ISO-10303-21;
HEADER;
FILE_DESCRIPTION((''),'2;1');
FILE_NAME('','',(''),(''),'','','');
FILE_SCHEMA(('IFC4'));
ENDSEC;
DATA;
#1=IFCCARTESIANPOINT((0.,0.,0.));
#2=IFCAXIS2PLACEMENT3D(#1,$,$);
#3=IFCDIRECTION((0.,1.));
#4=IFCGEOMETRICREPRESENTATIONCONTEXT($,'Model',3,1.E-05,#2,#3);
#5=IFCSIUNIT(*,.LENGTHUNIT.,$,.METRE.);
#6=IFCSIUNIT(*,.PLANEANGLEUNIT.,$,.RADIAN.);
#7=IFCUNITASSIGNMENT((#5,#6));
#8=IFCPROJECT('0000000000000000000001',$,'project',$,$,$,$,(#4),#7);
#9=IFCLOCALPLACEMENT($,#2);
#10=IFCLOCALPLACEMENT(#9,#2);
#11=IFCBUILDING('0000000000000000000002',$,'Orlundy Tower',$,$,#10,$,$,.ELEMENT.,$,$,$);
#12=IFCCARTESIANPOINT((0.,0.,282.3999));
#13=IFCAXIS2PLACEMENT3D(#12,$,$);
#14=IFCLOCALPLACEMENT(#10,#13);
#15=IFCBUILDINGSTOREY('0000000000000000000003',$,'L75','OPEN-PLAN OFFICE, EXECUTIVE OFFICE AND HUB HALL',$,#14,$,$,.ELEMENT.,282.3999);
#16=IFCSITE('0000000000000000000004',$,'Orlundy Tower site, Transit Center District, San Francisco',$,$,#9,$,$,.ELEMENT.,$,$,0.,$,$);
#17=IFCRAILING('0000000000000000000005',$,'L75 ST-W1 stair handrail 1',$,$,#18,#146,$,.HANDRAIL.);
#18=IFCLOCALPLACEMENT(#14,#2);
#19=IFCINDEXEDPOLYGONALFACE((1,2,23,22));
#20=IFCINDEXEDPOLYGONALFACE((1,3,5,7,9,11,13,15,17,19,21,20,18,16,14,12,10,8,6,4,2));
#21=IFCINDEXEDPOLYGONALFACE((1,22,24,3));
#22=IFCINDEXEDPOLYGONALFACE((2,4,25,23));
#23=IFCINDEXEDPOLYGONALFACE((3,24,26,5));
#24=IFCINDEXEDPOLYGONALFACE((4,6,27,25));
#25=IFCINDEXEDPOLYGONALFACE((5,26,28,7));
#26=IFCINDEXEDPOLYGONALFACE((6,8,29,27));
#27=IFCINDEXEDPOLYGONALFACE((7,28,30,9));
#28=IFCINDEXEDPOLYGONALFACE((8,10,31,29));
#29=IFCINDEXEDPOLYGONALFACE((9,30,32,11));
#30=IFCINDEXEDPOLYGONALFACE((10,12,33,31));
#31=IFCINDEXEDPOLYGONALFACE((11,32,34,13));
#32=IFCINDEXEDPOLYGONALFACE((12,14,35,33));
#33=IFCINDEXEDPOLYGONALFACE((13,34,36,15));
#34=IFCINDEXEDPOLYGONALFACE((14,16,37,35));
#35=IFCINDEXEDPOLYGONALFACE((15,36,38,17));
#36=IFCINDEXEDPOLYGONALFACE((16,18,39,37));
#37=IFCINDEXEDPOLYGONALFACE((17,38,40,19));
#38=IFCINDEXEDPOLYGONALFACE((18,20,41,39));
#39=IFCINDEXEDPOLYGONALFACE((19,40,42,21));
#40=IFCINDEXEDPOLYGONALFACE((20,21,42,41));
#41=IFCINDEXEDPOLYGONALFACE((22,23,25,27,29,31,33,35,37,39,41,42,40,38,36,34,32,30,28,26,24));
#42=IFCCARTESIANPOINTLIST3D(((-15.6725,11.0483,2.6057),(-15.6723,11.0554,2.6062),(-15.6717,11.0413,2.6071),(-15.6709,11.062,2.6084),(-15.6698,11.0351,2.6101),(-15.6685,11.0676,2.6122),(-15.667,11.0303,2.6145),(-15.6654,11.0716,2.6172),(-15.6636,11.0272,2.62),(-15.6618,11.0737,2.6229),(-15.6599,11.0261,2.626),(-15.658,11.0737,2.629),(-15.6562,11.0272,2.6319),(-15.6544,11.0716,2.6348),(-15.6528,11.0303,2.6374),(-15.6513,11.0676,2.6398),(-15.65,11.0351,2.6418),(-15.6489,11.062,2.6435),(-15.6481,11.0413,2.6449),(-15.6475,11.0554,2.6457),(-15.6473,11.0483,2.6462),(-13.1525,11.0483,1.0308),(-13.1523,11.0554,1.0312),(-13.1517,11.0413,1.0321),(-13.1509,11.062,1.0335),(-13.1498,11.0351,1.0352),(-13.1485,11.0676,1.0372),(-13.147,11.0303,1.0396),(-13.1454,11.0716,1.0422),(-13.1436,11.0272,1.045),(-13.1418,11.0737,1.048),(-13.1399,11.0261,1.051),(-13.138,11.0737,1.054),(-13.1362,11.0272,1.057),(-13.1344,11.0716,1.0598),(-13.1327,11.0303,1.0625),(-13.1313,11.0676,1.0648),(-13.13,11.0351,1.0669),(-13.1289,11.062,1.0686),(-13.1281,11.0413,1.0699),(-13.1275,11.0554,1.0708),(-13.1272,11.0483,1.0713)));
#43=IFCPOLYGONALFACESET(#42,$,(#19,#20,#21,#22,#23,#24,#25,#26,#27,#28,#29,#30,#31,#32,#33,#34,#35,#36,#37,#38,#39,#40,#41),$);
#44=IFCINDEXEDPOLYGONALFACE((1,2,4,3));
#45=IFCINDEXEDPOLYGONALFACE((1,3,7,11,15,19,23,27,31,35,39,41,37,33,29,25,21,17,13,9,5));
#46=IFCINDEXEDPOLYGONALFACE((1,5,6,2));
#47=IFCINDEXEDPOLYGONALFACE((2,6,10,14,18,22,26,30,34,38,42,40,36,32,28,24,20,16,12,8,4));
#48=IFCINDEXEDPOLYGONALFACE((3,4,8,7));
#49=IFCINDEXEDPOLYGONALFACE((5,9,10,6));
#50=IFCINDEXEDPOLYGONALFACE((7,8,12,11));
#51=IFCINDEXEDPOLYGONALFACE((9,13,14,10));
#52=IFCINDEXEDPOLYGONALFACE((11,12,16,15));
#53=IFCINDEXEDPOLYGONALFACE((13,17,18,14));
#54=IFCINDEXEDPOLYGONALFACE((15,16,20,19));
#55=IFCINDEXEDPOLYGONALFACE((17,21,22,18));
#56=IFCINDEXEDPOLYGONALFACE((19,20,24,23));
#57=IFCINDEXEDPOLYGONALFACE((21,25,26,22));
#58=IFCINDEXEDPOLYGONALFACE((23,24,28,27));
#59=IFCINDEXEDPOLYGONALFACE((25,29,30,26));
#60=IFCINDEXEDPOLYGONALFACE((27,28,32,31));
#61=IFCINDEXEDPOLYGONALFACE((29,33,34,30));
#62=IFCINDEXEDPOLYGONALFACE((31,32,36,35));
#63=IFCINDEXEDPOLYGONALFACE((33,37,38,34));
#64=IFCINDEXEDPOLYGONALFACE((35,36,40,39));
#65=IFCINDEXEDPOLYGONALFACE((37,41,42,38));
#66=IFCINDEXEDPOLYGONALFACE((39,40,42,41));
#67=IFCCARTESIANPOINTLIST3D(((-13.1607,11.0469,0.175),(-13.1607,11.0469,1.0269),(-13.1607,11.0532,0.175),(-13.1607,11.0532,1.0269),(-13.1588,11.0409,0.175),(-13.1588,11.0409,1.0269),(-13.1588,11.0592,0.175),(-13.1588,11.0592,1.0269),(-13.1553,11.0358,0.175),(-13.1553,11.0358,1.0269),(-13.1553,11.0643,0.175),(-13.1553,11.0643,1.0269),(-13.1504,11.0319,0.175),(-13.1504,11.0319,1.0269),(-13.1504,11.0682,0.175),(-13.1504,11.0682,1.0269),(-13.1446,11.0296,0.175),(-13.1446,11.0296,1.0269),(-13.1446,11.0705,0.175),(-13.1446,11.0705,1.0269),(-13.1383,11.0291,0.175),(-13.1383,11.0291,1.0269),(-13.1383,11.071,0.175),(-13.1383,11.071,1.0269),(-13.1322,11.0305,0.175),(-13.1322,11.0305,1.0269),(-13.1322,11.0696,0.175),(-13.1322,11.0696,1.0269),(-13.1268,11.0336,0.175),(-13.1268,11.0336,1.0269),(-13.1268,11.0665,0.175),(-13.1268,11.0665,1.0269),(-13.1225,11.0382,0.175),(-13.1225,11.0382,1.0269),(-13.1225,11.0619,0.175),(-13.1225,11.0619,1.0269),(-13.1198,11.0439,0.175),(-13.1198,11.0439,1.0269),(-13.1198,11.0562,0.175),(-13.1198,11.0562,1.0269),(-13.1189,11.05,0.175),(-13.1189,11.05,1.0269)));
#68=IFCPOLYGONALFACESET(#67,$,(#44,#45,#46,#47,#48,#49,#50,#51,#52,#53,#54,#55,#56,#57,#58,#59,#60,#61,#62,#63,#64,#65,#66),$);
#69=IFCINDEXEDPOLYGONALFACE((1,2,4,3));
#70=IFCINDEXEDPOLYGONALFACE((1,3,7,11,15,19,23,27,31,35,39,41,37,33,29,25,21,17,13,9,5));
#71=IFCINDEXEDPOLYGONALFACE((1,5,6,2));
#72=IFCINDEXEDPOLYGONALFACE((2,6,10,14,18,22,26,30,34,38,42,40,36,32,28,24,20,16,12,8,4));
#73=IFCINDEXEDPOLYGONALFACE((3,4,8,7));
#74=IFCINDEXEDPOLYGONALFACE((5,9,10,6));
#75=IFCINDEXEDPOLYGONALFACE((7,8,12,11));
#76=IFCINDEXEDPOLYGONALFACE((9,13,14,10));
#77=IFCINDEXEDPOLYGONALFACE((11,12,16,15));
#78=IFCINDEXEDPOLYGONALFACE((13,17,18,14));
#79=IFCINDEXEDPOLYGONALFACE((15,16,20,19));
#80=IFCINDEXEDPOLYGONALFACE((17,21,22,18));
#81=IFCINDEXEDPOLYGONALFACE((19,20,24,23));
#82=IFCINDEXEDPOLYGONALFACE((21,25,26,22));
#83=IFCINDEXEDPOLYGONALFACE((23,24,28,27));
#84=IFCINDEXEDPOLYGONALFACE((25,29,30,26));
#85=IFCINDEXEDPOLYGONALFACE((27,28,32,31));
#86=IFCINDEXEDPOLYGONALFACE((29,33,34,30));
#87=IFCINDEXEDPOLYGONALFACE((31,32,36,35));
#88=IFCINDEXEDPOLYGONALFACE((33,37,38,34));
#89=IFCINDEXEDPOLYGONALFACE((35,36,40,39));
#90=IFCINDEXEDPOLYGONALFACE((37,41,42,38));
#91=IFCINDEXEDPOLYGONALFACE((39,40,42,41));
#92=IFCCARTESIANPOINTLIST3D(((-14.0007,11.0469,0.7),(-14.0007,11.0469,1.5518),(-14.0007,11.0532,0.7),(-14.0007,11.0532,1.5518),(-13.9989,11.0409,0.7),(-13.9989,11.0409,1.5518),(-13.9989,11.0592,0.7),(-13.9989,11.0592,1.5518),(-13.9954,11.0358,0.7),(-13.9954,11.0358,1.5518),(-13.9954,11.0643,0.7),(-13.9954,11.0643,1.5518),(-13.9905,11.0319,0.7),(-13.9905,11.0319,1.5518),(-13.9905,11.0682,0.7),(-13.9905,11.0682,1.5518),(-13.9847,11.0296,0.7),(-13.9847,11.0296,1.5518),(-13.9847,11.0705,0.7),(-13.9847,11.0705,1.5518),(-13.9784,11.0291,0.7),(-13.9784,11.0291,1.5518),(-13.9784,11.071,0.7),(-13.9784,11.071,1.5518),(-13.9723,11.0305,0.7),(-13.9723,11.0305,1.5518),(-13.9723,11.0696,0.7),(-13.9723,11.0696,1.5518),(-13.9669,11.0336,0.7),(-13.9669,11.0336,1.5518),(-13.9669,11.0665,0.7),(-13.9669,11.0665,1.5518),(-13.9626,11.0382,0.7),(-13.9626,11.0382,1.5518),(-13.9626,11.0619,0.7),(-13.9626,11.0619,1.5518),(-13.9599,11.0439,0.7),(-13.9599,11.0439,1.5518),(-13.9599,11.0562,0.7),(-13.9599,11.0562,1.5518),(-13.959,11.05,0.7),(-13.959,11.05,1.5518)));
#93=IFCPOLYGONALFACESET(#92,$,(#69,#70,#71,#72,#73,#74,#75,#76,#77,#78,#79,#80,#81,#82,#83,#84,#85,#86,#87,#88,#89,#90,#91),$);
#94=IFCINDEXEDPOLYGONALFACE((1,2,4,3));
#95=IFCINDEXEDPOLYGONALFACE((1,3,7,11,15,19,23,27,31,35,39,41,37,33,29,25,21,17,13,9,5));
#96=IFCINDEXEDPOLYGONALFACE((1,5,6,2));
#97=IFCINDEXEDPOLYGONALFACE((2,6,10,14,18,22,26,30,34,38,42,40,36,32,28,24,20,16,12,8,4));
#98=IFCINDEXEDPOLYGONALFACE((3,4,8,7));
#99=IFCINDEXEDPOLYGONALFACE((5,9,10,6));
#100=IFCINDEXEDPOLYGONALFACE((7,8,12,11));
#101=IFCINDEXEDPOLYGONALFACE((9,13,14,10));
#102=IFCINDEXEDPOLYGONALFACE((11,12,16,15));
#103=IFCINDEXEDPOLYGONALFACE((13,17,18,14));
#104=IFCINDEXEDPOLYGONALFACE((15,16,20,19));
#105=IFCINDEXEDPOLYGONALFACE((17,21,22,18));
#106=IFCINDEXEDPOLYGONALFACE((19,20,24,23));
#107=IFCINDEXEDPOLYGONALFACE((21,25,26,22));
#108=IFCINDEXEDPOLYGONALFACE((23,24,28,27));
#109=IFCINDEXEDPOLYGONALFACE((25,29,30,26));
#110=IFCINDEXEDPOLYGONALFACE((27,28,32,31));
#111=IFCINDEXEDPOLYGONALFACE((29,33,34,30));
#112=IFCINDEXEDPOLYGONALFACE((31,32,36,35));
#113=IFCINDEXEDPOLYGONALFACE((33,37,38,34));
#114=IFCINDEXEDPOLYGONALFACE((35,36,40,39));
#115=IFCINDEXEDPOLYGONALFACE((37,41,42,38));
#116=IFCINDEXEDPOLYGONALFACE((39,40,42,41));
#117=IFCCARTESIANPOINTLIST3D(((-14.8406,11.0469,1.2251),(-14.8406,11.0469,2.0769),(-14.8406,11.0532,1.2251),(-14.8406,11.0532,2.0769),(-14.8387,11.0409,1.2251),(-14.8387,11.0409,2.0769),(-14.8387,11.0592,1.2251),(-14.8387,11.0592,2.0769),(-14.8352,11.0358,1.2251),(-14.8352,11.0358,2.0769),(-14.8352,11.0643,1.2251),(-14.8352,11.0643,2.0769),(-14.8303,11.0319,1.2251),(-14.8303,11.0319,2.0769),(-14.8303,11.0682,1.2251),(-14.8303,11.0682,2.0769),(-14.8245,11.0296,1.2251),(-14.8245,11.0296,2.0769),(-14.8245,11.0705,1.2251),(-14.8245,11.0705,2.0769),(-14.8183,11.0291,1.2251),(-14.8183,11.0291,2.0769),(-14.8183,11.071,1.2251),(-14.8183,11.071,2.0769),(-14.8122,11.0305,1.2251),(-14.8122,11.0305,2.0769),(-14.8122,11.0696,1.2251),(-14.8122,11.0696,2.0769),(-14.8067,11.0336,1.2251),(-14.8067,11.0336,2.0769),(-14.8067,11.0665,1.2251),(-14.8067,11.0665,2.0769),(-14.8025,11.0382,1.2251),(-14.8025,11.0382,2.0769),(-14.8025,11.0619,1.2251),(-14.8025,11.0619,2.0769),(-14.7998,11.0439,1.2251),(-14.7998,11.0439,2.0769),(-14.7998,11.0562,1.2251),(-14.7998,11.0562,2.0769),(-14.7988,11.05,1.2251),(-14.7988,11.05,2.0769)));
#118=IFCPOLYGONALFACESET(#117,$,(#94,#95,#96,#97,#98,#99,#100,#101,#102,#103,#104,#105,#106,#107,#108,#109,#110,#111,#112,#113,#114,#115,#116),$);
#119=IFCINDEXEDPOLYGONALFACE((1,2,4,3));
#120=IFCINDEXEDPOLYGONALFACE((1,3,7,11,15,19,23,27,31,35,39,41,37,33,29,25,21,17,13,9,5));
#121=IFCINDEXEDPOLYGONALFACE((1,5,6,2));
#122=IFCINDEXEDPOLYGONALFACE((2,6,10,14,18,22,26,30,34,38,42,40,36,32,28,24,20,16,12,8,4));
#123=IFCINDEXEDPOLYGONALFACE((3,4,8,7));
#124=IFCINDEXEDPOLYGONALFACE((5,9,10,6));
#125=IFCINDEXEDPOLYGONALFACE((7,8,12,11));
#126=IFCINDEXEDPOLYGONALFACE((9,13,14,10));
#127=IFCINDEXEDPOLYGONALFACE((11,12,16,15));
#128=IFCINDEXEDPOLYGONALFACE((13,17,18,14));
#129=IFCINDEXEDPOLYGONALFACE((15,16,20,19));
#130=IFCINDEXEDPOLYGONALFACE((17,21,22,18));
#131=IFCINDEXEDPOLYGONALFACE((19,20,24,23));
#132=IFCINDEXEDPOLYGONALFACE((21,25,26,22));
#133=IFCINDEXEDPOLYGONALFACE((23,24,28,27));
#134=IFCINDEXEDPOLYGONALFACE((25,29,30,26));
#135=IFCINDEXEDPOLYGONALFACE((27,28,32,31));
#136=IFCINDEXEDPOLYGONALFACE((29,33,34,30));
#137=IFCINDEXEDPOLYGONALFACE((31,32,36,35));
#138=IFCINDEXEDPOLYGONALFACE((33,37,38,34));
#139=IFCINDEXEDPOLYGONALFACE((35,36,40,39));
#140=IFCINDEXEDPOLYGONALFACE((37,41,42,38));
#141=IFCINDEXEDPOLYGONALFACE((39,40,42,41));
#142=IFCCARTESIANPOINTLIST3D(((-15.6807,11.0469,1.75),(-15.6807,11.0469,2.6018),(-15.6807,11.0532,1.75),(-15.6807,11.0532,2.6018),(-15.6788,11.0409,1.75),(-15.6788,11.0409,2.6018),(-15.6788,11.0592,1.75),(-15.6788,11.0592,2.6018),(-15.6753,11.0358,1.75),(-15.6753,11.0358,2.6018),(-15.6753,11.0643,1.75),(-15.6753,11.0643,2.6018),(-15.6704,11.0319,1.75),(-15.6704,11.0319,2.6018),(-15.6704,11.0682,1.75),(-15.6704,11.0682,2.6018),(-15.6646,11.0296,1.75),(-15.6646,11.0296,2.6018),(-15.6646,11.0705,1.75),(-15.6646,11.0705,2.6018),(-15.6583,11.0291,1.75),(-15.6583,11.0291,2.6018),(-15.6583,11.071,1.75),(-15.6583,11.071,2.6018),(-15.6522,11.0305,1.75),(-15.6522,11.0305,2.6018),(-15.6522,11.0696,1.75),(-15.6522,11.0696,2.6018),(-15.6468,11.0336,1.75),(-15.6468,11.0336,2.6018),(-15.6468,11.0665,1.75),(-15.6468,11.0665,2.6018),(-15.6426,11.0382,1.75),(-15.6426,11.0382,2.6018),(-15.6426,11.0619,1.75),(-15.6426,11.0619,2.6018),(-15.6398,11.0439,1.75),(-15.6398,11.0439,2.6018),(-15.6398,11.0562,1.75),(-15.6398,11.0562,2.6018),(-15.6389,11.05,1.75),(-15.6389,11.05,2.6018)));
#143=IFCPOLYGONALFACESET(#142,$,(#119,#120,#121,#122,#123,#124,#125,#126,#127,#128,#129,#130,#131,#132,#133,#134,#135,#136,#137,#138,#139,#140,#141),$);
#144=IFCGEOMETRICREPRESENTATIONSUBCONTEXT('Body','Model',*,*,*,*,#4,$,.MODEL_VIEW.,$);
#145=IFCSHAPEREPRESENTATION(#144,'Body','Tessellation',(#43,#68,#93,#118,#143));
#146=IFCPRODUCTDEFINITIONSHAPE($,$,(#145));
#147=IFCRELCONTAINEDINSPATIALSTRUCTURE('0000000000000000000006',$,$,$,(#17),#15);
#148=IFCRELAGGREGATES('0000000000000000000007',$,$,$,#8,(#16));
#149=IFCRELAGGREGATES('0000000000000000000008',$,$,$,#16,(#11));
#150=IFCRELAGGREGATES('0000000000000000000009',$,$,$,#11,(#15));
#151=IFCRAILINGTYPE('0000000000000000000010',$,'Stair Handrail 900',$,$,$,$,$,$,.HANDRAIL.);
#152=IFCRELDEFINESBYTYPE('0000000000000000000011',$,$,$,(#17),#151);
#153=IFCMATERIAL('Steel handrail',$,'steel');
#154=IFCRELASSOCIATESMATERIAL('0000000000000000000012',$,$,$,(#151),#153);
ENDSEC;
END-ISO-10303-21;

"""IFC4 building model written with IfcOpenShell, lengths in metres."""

from ifc_helpers import new_model, si_unit, direction, frame, origin, origin_2d, place, context, subcontext, project, spatial, circle, extrude, material, type_object, element, save


model = new_model("IFC4")

# Units and contexts
model_context = context("Model", 3, precision=1e-05, world=origin(), true_north=direction((0.0, 1.0)))
body_context = subcontext(model_context, "Body", "Model", "MODEL_VIEW")
ifc_project = project(units=[si_unit("LENGTHUNIT", "METRE"), si_unit("PLANEANGLEUNIT", "RADIAN")], contexts=[model_context])

# Site, building, storey
site_placement = place(None, origin())
site = spatial("IfcSite", under=ifc_project, at=site_placement, Name="Orlundy Tower site, Transit Center District, San Francisco", CompositionType="ELEMENT", RefElevation=0.0)
building_placement = place(site_placement, origin())
building = spatial("IfcBuilding", under=site, at=building_placement, Name="Orlundy Tower", CompositionType="ELEMENT")
storey_placement = place(building_placement, frame((0.0, 0.0, 282.3999)))
storey = spatial("IfcBuildingStorey", under=building, at=storey_placement, Name="L75", Description="OPEN-PLAN OFFICE, EXECUTIVE OFFICE AND HUB HALL", CompositionType="ELEMENT", Elevation=282.3999)

# Railing
ifc_material_1 = material(Name="Steel handrail", Category="steel")
railing_type_1 = type_object("IfcRailingType", Name="Stair Handrail 900", PredefinedType="HANDRAIL", material=ifc_material_1)
railing_1_placement = place(storey_placement, frame((-13.1399, 11.05, 0.175)))
element("IfcRailing", 1, at=railing_1_placement, inside=storey, type_object=railing_type_1, Name="L75 ST-W1 stair handrail 1", PredefinedType="HANDRAIL", context=body_context, shape_type="SweptSolid", body=[
    extrude(circle(Radius=0.0239, at=origin_2d()), frame((0.0, 0.0, 0.876), z_axis=(-0.848008, 0.0, 0.529984), x_axis=(0.0, -1.0, 0.0)), (0.0, 0.0, 1.0), 2.9717),
    extrude(circle(Radius=0.021, at=origin_2d()), origin(), (0.0, 0.0, 1.0), 0.8518),
    extrude(circle(Radius=0.021, at=origin_2d()), frame((-0.8401, 0.0, 0.5249)), (0.0, 0.0, 1.0), 0.8518),
    extrude(circle(Radius=0.021, at=origin_2d()), frame((-1.6799, 0.0, 1.05)), (0.0, 0.0, 1.0), 0.8518),
    extrude(circle(Radius=0.021, at=origin_2d()), frame((-2.52, 0.0, 1.575)), (0.0, 0.0, 1.0), 0.8518),
])

save(model, "model.ifc")
